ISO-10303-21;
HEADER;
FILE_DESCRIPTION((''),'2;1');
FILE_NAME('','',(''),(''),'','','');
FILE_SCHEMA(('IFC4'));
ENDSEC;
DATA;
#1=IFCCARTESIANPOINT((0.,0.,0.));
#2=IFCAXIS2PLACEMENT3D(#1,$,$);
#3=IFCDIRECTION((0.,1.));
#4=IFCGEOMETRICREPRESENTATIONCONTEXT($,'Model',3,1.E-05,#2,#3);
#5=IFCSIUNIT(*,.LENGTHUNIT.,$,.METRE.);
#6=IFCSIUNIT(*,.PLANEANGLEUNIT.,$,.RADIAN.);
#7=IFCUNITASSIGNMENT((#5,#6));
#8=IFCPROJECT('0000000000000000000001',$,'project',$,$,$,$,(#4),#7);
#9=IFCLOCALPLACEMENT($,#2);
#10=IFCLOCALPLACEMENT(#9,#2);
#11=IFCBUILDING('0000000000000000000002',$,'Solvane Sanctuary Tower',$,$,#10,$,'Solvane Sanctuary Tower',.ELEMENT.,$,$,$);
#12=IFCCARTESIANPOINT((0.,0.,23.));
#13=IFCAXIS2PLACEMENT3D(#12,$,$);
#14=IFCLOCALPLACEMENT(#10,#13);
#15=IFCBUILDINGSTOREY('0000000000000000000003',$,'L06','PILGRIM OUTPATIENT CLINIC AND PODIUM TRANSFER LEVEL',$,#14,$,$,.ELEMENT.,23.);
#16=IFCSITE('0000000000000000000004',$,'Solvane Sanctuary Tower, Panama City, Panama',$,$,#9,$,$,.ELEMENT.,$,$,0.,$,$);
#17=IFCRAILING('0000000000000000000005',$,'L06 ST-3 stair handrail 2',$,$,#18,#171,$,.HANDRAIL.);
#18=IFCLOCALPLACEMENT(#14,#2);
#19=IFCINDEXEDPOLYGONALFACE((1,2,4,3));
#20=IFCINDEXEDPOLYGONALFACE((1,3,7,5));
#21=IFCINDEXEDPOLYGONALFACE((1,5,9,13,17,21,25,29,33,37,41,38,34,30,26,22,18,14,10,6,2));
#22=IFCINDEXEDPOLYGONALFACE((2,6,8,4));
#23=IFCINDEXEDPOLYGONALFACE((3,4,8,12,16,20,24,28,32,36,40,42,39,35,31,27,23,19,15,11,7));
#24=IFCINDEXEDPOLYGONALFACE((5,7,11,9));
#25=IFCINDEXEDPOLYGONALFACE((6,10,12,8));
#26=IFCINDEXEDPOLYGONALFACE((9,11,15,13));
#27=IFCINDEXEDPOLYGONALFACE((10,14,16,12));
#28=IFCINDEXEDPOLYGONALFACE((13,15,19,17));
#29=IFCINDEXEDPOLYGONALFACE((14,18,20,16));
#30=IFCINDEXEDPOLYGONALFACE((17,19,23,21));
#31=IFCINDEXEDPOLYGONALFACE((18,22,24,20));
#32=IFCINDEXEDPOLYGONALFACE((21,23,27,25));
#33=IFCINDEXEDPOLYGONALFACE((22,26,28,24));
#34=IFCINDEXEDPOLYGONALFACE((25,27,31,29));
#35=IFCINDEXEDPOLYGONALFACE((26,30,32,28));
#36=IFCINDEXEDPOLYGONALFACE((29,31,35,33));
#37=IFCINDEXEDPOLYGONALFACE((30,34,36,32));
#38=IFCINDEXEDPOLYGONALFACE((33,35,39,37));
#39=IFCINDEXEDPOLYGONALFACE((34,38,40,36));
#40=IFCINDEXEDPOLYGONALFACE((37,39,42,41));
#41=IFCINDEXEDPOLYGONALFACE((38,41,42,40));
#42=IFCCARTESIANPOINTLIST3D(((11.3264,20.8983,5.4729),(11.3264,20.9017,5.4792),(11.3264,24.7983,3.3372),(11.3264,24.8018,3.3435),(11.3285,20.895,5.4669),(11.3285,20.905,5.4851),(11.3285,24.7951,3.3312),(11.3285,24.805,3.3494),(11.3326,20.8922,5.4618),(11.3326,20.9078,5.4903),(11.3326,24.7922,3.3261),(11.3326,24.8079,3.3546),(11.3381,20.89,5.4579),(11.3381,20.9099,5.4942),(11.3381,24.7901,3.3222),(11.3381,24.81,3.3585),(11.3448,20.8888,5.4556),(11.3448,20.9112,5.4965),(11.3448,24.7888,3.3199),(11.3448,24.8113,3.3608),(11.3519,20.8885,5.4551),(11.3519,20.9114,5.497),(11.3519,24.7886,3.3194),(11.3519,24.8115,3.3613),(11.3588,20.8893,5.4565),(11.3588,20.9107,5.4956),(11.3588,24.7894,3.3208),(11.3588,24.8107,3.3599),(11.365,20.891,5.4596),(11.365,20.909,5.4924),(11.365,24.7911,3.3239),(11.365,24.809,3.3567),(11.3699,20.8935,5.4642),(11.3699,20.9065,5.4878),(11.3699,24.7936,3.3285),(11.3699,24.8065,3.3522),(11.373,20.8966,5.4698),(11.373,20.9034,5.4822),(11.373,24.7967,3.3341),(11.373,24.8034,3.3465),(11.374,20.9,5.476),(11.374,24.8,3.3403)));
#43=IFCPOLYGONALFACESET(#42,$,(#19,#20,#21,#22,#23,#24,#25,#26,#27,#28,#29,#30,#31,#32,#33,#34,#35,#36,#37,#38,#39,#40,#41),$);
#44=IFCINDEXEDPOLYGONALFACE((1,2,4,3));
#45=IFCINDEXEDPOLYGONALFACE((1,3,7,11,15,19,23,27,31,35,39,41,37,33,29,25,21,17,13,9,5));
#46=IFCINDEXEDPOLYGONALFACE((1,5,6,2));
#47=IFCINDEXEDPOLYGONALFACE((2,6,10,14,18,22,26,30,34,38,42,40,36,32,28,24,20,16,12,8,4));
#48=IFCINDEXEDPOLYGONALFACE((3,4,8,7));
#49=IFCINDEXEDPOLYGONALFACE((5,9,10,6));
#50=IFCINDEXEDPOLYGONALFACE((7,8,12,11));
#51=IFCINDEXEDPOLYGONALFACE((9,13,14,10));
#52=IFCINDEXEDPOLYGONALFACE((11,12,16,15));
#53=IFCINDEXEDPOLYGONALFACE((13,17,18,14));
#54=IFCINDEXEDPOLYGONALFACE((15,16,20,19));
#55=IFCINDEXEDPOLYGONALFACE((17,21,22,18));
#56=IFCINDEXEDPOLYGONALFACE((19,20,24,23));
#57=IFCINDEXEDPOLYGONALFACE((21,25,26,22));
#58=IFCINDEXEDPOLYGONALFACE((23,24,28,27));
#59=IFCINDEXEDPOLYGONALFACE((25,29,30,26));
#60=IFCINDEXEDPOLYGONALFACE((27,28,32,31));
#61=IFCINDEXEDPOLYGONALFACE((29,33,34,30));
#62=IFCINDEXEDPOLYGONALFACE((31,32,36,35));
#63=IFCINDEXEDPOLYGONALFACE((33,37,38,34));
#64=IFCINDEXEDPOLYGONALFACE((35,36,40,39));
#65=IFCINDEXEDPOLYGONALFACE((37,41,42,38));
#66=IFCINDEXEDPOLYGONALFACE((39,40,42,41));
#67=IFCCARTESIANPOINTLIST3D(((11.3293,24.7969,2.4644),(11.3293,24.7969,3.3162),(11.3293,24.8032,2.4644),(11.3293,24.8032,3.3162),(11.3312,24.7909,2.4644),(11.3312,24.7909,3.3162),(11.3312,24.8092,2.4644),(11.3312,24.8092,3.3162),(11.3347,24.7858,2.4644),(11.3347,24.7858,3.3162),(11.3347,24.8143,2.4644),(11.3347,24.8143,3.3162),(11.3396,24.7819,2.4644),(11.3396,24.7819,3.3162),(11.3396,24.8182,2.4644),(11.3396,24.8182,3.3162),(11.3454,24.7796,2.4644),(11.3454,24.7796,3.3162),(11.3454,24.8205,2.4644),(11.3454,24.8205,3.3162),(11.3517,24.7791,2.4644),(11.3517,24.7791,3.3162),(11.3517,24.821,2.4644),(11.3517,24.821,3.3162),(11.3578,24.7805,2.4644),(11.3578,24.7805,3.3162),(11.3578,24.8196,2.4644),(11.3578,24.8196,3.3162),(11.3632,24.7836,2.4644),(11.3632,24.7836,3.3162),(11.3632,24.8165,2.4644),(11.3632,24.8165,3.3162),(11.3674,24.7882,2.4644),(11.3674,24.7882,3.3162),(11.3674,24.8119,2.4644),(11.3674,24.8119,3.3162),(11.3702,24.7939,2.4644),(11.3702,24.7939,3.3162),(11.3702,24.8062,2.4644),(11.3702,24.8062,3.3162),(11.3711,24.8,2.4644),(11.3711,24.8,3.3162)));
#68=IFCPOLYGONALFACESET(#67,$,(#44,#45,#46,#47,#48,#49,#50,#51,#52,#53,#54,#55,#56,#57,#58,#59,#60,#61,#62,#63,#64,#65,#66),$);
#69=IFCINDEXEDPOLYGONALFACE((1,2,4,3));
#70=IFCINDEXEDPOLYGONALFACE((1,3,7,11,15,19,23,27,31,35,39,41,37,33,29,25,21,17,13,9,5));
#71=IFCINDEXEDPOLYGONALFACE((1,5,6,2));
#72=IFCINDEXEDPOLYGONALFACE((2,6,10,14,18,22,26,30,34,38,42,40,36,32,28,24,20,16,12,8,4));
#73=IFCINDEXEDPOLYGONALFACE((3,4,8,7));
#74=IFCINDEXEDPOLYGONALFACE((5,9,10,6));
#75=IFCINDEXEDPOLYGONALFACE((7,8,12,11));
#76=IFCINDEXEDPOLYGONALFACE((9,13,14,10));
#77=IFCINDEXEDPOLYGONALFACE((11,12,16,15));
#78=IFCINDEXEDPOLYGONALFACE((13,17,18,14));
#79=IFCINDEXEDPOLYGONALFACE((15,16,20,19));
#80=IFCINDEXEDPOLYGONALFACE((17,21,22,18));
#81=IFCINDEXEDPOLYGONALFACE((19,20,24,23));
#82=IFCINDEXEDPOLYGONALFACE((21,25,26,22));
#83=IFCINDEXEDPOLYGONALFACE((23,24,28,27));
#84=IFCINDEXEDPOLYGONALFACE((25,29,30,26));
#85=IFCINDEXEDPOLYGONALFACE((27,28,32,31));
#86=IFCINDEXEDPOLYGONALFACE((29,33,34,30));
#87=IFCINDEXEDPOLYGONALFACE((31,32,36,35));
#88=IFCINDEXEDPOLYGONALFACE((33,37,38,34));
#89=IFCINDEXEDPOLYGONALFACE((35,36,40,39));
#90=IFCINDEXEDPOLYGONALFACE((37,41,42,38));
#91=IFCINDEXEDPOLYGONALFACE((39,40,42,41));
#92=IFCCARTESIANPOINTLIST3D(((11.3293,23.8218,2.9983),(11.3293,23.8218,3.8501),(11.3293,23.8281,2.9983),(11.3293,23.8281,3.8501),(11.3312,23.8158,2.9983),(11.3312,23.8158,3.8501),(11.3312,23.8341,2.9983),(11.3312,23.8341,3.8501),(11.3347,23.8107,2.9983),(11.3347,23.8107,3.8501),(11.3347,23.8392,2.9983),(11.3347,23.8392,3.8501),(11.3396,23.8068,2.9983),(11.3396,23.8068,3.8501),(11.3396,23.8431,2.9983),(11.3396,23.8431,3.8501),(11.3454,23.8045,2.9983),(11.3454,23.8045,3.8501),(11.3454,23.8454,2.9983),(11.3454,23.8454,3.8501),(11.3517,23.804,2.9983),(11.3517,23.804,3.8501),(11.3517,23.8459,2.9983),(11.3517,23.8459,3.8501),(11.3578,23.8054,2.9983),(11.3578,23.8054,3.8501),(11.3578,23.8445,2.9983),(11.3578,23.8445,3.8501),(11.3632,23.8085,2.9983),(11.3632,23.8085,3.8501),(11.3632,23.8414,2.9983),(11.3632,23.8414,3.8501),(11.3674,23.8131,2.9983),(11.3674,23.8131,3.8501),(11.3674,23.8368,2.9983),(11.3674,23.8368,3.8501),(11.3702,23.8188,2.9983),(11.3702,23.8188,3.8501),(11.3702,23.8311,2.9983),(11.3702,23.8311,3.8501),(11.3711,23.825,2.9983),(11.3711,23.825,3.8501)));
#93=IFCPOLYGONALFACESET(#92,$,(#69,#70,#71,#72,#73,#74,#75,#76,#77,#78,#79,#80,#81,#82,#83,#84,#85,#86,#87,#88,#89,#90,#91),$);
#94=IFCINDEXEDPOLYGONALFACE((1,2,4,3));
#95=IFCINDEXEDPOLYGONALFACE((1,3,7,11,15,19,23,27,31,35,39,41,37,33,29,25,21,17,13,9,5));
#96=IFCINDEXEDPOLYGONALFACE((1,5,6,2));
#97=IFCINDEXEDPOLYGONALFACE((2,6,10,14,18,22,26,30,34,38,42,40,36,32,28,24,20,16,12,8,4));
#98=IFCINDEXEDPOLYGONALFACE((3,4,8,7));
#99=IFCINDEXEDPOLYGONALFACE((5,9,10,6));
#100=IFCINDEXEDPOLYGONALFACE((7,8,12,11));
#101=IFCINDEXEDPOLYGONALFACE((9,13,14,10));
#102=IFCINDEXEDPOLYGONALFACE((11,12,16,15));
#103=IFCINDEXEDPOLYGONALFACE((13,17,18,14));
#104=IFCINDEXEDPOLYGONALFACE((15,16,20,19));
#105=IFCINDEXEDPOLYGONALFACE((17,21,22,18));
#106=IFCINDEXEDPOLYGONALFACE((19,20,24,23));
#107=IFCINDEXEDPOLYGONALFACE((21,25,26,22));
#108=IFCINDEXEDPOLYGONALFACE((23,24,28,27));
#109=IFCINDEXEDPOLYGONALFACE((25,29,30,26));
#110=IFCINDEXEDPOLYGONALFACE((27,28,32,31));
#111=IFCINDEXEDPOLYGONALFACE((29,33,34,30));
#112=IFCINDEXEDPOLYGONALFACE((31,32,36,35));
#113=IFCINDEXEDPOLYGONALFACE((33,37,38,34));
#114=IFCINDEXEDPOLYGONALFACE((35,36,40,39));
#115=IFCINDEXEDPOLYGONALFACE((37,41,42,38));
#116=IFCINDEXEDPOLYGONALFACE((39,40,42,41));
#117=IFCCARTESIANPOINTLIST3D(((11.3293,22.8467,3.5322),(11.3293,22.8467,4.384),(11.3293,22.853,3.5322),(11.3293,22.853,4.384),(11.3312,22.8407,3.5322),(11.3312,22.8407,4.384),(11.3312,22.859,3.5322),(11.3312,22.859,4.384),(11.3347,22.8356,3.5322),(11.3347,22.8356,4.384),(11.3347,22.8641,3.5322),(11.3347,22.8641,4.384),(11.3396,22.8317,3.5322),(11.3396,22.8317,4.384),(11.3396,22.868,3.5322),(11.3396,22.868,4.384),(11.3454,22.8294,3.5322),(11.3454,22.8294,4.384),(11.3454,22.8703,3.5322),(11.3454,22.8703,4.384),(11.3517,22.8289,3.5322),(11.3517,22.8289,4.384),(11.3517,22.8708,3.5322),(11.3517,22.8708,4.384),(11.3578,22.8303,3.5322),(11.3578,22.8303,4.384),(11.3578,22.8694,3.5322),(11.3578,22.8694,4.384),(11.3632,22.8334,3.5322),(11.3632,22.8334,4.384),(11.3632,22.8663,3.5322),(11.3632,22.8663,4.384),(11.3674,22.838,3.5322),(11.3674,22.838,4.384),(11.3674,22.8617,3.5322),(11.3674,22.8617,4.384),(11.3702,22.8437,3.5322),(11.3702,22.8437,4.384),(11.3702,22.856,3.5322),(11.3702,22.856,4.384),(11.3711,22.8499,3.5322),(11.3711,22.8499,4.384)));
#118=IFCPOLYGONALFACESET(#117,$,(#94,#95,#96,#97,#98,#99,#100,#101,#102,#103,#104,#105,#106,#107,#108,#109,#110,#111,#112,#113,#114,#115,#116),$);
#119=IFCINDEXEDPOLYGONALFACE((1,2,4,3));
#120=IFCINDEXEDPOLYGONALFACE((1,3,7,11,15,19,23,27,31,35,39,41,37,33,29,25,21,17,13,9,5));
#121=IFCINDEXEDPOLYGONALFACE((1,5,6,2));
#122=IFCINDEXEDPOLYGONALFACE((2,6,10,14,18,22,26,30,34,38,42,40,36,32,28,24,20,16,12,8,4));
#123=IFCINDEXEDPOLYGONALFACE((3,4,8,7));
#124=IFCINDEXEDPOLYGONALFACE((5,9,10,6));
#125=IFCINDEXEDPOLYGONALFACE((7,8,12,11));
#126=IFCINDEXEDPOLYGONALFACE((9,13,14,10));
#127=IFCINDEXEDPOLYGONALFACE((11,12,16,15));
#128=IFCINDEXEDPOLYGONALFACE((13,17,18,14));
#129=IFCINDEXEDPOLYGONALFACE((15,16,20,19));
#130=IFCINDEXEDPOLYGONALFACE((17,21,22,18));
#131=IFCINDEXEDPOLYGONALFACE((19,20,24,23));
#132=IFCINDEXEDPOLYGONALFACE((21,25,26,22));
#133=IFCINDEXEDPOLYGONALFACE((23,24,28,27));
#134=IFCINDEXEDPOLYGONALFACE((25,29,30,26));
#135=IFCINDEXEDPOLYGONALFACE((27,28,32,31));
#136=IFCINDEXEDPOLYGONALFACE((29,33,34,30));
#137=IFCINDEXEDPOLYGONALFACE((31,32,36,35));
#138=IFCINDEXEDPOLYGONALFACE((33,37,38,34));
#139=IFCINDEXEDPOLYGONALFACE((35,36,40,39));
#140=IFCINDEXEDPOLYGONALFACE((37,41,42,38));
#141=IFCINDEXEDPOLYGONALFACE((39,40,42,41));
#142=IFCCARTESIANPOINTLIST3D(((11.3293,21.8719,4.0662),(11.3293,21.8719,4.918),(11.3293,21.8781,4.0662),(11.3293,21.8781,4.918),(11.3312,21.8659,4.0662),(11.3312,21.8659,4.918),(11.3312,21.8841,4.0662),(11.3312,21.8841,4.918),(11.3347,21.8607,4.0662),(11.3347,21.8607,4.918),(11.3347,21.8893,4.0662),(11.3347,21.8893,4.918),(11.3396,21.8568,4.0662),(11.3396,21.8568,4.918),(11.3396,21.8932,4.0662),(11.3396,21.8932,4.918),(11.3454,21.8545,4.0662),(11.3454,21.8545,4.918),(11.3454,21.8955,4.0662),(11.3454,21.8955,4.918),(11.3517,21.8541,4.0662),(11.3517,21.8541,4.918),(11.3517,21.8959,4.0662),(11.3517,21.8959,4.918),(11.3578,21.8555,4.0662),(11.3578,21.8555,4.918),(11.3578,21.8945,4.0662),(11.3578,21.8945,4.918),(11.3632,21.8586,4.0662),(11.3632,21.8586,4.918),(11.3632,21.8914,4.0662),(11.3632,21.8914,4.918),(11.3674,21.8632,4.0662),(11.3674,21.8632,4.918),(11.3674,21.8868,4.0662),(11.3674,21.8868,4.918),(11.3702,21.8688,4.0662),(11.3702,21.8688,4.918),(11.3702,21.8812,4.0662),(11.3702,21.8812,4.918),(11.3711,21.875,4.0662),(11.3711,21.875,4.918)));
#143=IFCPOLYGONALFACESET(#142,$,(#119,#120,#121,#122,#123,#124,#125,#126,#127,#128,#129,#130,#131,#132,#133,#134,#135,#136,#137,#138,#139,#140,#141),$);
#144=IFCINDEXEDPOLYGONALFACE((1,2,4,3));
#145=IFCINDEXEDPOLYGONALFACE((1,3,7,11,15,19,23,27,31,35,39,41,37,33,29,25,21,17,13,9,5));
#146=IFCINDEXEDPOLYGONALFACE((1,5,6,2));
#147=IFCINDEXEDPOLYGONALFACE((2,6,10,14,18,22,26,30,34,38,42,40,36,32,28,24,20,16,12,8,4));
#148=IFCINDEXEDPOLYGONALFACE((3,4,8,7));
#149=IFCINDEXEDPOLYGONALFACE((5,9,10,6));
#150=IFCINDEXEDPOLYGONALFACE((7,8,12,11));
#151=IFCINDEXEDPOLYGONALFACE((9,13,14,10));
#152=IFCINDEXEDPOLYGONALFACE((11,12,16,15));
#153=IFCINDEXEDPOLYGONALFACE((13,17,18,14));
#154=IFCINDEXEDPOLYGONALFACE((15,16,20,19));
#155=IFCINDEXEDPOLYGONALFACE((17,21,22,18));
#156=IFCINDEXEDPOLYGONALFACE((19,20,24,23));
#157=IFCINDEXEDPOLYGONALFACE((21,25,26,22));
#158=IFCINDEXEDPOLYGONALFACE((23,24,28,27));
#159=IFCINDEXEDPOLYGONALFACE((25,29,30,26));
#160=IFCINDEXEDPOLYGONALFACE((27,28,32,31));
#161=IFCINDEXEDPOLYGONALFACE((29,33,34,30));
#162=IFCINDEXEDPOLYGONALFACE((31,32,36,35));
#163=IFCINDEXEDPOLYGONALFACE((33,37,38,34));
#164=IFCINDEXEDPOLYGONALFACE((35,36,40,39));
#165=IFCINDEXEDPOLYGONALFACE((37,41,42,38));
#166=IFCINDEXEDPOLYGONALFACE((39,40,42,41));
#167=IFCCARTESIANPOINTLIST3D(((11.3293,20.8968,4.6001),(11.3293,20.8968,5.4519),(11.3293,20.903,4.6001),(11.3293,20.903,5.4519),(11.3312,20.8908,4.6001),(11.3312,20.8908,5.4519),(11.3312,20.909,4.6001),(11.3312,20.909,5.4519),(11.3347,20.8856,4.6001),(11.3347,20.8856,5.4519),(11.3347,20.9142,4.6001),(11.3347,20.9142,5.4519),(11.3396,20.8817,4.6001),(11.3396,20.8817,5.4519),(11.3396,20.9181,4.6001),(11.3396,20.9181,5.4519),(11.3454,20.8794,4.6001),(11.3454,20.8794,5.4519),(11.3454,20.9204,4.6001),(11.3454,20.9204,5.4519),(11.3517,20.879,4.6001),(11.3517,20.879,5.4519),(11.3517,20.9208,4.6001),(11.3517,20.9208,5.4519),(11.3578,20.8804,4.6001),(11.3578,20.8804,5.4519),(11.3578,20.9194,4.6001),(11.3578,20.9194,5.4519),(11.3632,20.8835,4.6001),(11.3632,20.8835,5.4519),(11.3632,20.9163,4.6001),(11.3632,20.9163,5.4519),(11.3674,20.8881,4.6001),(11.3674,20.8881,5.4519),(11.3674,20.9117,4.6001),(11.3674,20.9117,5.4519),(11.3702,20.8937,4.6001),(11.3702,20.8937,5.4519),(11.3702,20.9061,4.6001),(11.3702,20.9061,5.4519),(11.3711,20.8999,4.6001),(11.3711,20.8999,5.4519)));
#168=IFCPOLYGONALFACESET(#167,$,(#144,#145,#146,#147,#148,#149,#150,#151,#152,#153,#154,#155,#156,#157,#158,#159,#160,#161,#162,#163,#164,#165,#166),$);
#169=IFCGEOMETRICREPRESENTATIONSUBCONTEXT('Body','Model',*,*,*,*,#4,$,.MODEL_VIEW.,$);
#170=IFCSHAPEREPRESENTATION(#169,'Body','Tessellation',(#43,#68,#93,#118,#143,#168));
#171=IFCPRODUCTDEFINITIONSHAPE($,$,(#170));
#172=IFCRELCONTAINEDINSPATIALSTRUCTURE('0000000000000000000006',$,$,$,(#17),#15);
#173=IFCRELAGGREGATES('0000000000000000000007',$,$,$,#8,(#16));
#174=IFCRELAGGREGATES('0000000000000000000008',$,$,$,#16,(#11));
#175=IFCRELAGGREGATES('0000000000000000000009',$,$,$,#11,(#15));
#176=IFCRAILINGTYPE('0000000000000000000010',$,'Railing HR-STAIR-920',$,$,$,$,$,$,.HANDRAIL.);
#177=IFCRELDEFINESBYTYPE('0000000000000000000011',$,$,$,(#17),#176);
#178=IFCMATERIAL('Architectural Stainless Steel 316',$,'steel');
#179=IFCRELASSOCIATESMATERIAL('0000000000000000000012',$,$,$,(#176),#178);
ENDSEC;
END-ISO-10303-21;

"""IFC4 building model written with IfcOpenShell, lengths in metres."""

from ifc_helpers import new_model, si_unit, direction, frame, origin, origin_2d, place, context, subcontext, project, spatial, circle, extrude, material, type_object, element, save


model = new_model("IFC4")

# Units and contexts
model_context = context("Model", 3, precision=1e-05, world=origin(), true_north=direction((0.0, 1.0)))
body_context = subcontext(model_context, "Body", "Model", "MODEL_VIEW")
ifc_project = project(units=[si_unit("LENGTHUNIT", "METRE"), si_unit("PLANEANGLEUNIT", "RADIAN")], contexts=[model_context])

# Site, building, storey
site_placement = place(None, origin())
site = spatial("IfcSite", under=ifc_project, at=site_placement, Name="Solvane Sanctuary Tower, Panama City, Panama", CompositionType="ELEMENT", RefElevation=0.0)
building_placement = place(site_placement, origin())
building = spatial("IfcBuilding", under=site, at=building_placement, Name="Solvane Sanctuary Tower", LongName="Solvane Sanctuary Tower", CompositionType="ELEMENT")
storey_placement = place(building_placement, frame((0.0, 0.0, 23.0)))
storey = spatial("IfcBuildingStorey", under=building, at=storey_placement, Name="L06", Description="PILGRIM OUTPATIENT CLINIC AND PODIUM TRANSFER LEVEL", CompositionType="ELEMENT", Elevation=23.0)

# Railing
ifc_material_1 = material(Name="Architectural Stainless Steel 316", Category="steel")
railing_type_1 = type_object("IfcRailingType", Name="Railing HR-STAIR-920", PredefinedType="HANDRAIL", material=ifc_material_1)
railing_1_placement = place(storey_placement, frame((11.3501, 24.8, 2.4644)))
element("IfcRailing", 1, at=railing_1_placement, inside=storey, type_object=railing_type_1, Name="L06 ST-3 stair handrail 2", PredefinedType="HANDRAIL", context=body_context, shape_type="SweptSolid", body=[
    extrude(circle(Radius=0.0239, at=origin_2d()), frame((0.0, 0.0, 0.876), z_axis=(0.0, -0.877101, 0.480306), x_axis=(1.0, 0.0, 0.0)), (0.0, 0.0, 1.0), 4.4465),
    extrude(circle(Radius=0.021, at=origin_2d()), origin(), (0.0, 0.0, 1.0), 0.8518),
    extrude(circle(Radius=0.021, at=origin_2d()), frame((0.0, -0.9751, 0.5339)), (0.0, 0.0, 1.0), 0.8518),
    extrude(circle(Radius=0.021, at=origin_2d()), frame((0.0, -1.9502, 1.0679)), (0.0, 0.0, 1.0), 0.8518),
    extrude(circle(Radius=0.021, at=origin_2d()), frame((0.0, -2.925, 1.6018)), (0.0, 0.0, 1.0), 0.8518),
    extrude(circle(Radius=0.021, at=origin_2d()), frame((0.0, -3.9001, 2.1357)), (0.0, 0.0, 1.0), 0.8518),
])

save(model, "model.ifc")
